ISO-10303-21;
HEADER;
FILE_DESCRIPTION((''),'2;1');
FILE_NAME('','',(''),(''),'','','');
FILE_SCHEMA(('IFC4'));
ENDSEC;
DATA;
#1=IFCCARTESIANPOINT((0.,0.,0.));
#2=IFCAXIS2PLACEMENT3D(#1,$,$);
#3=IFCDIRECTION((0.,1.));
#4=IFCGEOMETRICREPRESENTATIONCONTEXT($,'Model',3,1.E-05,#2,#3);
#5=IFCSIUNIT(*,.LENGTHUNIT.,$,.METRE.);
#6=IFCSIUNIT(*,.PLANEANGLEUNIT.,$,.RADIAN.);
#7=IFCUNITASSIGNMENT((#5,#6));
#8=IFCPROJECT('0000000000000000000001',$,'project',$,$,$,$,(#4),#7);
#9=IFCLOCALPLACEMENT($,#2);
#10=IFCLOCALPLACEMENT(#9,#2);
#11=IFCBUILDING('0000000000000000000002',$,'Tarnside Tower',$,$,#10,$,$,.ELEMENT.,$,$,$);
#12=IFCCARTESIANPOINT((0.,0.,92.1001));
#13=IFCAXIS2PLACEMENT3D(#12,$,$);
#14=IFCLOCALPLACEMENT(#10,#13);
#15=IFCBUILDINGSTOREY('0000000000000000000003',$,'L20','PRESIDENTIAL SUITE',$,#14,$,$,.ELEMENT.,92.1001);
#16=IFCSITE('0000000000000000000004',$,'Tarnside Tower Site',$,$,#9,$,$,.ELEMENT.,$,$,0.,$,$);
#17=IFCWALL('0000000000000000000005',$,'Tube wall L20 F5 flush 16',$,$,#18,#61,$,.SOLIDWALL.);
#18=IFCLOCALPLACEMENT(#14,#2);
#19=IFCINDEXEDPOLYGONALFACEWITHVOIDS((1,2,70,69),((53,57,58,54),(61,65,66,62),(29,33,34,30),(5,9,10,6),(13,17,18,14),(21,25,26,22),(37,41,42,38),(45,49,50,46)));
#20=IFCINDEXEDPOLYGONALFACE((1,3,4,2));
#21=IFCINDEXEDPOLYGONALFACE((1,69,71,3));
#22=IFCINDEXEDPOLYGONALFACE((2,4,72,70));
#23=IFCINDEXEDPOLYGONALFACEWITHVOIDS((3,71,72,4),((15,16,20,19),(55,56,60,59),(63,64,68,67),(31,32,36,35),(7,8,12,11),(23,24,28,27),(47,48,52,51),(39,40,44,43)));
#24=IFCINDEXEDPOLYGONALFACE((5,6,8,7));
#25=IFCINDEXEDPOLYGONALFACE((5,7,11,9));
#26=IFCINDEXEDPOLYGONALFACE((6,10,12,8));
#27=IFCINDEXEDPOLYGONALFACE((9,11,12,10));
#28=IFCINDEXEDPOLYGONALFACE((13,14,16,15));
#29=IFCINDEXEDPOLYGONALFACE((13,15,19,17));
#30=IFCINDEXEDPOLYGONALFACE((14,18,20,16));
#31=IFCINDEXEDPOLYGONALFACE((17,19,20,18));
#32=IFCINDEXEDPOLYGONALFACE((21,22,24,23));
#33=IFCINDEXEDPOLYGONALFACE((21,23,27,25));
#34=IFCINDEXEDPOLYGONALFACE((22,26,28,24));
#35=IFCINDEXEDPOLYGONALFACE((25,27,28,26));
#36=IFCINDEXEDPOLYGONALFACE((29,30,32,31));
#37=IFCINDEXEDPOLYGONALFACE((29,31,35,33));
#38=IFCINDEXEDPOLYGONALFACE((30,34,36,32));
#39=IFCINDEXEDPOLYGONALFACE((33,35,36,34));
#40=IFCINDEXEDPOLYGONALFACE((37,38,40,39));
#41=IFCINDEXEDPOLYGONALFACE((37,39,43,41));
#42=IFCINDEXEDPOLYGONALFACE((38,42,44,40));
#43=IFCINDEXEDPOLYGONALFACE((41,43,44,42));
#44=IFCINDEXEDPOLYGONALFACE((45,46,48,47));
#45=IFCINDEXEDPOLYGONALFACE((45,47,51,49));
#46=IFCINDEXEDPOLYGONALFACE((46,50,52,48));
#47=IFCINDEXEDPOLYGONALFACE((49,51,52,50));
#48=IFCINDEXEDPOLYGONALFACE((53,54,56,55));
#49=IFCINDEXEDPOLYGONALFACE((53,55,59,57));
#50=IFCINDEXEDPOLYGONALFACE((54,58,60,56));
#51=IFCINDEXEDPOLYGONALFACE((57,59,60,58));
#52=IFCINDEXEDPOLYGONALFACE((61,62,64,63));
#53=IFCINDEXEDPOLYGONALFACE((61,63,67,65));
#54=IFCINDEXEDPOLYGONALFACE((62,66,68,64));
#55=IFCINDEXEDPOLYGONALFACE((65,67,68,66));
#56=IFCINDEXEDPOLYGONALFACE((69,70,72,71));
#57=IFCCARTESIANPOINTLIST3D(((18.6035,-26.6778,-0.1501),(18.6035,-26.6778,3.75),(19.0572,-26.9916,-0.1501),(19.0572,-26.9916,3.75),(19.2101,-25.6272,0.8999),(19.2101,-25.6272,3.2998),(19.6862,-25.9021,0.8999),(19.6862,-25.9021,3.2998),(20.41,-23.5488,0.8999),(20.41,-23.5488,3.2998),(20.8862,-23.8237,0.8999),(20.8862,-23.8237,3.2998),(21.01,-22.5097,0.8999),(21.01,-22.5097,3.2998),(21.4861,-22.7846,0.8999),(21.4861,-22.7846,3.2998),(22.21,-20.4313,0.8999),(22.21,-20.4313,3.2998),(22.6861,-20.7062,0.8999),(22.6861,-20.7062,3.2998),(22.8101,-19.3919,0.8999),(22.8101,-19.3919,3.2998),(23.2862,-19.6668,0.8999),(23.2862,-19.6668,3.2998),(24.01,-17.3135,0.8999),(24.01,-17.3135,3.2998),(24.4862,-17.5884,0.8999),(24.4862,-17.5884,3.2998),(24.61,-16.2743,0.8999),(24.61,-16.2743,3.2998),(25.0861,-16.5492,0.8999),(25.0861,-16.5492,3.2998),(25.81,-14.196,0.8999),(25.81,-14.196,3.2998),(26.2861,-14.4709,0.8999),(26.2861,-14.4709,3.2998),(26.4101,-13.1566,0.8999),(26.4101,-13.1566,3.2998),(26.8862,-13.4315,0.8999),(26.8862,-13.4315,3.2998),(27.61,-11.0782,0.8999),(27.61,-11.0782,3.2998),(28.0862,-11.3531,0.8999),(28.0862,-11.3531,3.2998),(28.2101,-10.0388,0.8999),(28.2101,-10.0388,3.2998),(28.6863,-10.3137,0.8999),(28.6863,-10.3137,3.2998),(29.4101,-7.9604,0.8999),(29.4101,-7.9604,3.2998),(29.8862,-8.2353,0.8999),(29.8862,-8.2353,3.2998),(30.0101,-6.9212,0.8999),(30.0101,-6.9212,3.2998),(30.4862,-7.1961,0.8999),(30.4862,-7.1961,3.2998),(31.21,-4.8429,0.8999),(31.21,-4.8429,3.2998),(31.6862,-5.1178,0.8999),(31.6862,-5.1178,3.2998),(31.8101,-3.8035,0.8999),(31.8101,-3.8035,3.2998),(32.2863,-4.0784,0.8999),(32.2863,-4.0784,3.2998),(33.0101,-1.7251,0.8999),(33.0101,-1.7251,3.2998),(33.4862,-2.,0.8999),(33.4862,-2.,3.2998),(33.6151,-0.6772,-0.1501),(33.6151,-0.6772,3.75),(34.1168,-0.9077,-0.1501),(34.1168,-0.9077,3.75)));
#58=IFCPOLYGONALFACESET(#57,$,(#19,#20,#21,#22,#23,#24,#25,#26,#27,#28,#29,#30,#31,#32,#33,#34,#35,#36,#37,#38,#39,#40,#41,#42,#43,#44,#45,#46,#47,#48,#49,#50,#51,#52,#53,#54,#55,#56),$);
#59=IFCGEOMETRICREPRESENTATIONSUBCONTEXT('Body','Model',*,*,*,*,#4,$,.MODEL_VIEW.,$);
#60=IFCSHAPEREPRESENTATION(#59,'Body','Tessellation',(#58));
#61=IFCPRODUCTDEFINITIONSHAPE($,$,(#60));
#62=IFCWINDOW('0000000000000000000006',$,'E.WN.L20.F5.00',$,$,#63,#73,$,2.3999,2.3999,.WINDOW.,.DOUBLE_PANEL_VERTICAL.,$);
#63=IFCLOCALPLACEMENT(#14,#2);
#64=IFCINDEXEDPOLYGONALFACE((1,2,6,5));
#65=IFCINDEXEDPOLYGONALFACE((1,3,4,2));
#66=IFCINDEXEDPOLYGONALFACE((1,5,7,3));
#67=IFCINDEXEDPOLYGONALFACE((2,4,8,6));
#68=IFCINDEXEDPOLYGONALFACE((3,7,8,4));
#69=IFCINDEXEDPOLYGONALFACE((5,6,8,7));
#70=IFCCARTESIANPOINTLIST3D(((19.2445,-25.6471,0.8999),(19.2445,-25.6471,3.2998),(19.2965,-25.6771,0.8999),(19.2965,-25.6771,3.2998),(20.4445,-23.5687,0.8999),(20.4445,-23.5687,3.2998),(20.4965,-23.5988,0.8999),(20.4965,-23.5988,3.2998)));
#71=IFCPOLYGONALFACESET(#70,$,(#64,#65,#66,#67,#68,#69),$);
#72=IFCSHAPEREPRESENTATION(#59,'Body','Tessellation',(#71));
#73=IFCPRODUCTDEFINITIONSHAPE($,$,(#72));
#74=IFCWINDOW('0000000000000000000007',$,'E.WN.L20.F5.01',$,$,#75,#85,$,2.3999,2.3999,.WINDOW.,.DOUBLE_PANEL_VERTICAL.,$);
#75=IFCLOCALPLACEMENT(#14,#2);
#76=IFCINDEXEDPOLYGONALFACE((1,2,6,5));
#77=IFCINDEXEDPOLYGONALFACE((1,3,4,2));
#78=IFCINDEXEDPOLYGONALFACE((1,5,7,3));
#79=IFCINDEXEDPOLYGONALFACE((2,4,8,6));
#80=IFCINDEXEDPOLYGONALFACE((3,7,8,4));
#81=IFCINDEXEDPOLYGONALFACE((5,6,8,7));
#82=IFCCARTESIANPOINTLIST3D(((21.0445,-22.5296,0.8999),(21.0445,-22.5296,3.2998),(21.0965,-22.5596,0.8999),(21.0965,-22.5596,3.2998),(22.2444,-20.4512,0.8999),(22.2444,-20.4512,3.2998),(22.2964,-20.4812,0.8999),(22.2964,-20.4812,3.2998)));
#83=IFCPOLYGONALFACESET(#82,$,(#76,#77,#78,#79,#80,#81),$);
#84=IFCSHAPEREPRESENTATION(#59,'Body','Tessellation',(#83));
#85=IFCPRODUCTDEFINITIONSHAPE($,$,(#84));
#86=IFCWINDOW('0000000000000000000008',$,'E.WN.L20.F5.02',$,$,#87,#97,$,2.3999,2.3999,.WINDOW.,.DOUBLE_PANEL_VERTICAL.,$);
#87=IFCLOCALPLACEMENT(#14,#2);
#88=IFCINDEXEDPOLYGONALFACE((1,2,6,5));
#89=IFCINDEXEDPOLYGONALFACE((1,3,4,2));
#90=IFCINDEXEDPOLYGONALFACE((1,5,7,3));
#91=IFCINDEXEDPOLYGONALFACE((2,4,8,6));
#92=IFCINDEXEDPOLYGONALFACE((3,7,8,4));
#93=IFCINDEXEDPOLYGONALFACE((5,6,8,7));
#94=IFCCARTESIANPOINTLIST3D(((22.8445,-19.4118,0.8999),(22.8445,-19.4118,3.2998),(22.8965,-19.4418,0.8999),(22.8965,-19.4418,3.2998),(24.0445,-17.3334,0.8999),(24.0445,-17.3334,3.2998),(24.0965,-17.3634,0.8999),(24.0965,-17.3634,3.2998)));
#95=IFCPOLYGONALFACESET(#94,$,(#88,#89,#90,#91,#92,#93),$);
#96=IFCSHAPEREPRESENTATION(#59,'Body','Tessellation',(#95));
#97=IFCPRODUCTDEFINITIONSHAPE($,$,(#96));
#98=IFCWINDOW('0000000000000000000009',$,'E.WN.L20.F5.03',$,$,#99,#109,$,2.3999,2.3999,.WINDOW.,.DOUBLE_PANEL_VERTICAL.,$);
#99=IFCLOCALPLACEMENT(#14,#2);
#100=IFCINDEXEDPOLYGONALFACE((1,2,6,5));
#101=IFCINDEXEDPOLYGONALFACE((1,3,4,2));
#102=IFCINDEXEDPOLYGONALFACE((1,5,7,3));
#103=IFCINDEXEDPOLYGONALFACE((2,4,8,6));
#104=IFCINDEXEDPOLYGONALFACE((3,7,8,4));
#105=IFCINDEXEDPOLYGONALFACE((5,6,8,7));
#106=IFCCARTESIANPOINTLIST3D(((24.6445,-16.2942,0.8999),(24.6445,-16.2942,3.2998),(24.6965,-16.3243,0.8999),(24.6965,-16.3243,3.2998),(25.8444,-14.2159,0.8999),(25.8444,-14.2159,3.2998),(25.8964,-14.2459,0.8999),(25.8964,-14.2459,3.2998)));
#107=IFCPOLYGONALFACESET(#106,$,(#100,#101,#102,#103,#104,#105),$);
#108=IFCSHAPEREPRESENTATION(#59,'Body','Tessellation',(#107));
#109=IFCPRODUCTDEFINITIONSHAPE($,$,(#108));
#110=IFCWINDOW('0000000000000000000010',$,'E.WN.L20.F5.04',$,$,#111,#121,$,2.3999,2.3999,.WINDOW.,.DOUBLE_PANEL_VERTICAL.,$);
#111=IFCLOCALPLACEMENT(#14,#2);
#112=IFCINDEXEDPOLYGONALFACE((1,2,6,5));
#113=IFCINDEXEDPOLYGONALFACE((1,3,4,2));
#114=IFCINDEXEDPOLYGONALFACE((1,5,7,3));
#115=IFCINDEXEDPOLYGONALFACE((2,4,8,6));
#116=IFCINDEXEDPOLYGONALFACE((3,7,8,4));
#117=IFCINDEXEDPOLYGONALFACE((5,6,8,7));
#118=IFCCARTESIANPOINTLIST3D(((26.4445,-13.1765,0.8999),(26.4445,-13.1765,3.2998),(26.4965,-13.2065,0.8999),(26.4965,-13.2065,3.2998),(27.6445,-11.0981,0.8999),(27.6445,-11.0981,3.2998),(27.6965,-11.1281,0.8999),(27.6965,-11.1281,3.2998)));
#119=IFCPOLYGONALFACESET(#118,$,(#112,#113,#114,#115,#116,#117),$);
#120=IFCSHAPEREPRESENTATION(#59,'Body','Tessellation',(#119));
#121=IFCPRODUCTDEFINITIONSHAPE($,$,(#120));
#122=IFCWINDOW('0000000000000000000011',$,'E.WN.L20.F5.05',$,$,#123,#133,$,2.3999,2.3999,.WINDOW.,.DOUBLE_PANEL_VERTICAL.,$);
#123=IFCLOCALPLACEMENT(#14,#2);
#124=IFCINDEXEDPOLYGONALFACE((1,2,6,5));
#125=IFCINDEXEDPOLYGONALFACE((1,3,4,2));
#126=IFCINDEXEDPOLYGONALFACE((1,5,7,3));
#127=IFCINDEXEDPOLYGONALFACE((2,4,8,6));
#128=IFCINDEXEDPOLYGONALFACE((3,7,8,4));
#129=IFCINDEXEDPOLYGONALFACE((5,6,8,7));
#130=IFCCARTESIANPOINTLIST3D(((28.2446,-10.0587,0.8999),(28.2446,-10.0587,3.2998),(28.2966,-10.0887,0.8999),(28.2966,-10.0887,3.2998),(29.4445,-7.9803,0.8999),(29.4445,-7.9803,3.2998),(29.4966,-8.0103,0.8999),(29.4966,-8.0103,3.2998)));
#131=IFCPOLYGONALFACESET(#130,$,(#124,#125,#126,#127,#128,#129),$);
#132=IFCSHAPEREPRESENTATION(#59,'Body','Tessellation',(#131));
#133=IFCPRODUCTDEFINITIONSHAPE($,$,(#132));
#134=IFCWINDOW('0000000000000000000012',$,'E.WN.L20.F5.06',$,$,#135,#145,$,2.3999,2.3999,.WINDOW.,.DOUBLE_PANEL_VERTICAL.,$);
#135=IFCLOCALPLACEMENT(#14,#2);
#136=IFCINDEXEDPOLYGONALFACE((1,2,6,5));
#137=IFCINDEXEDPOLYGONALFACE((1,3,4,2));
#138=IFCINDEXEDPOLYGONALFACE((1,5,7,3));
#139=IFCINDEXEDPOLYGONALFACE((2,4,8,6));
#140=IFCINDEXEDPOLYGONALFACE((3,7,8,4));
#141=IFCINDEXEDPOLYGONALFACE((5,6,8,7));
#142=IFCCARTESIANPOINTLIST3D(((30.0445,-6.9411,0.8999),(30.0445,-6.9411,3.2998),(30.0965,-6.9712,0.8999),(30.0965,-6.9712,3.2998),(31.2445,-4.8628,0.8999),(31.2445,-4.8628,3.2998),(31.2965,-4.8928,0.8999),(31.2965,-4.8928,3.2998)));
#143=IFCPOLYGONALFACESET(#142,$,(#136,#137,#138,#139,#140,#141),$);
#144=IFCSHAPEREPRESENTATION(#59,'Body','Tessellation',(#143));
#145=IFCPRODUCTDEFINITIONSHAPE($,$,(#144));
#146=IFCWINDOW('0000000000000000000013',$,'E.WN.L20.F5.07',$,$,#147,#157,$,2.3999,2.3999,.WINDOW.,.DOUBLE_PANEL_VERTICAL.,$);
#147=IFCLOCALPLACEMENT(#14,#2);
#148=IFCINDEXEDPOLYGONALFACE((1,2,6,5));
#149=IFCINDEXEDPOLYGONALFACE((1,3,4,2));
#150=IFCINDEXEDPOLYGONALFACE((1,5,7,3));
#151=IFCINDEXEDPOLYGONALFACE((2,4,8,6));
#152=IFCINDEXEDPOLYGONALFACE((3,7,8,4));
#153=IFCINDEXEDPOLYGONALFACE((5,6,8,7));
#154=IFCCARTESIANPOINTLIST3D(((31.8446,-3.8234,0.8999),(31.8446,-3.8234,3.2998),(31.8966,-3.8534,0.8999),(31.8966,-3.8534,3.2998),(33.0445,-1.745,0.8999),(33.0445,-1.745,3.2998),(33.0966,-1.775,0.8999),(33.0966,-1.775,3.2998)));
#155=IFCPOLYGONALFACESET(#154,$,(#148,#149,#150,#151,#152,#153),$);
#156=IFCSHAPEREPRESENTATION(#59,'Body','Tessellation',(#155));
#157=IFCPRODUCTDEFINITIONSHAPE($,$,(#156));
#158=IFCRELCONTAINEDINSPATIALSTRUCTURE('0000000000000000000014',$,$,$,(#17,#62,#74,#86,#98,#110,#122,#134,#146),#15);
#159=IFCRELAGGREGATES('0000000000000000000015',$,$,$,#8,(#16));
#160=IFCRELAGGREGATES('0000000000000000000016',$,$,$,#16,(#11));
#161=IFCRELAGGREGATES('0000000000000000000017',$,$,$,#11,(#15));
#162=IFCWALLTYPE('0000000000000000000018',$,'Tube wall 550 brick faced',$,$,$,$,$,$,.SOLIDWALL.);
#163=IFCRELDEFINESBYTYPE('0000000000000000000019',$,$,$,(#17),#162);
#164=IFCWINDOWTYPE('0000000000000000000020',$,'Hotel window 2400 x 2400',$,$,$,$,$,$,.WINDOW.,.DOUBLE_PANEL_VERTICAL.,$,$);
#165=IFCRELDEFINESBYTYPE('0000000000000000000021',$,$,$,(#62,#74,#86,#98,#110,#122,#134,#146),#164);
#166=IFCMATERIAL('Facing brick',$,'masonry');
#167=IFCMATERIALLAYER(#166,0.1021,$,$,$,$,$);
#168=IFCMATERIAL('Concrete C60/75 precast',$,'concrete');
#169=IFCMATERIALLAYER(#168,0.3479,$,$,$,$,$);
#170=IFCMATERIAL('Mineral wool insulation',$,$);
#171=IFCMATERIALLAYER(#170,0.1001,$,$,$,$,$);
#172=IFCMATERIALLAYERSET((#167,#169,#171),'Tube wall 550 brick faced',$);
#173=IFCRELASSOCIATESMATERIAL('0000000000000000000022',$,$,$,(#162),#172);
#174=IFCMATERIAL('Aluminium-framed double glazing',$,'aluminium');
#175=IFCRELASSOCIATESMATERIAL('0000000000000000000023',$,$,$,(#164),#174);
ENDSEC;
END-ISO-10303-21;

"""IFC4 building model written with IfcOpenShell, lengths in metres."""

from ifc_helpers import new_model, si_unit, direction, frame, frame_2d, origin, place, context, subcontext, project, spatial, polyline, rectangle, outline, extrude, material, layer, layer_set, type_object, element, fill, save


model = new_model("IFC4")

# Units and contexts
model_context = context("Model", 3, precision=1e-05, world=origin(), true_north=direction((0.0, 1.0)))
body_context = subcontext(model_context, "Body", "Model", "MODEL_VIEW")
ifc_project = project(units=[si_unit("LENGTHUNIT", "METRE"), si_unit("PLANEANGLEUNIT", "RADIAN")], contexts=[model_context])

# Site, building, storey
site_placement = place(None, origin())
site = spatial("IfcSite", under=ifc_project, at=site_placement, Name="Tarnside Tower Site", CompositionType="ELEMENT", RefElevation=0.0)
building_placement = place(site_placement, origin())
building = spatial("IfcBuilding", under=site, at=building_placement, Name="Tarnside Tower", CompositionType="ELEMENT")
storey_placement = place(building_placement, frame((0.0, 0.0, 92.1001)))
storey = spatial("IfcBuildingStorey", under=building, at=storey_placement, Name="L20", Description="PRESIDENTIAL SUITE", CompositionType="ELEMENT", Elevation=92.1001)

# Shared definitions
ifc_material_1 = material(Name="Facing brick", Category="masonry")
ifc_layer_1 = layer(ifc_material_1, 0.1021)
ifc_material_2 = material(Name="Concrete C60/75 precast", Category="concrete")
ifc_layer_2 = layer(ifc_material_2, 0.3479)
ifc_material_3 = material(Name="Mineral wool insulation")
ifc_layer_3 = layer(ifc_material_3, 0.1001)
ifc_layer_set_1 = layer_set([ifc_layer_1, ifc_layer_2, ifc_layer_3], Name="Tube wall 550 brick faced")
wall_type = type_object("IfcWallType", Name="Tube wall 550 brick faced", PredefinedType="SOLIDWALL", material=ifc_layer_set_1)

# Wall, openings, windows
wall_1_placement = place(storey_placement, frame((18.8303, -26.8347, -0.1501), z_axis=(0.0, 0.0, 1.0), x_axis=(0.500004, 0.866023, 0.0)))
wall_1 = element("IfcWall", 1, at=wall_1_placement, inside=storey, type_object=wall_type, Name="Tube wall L20 F5 flush 16", PredefinedType="SOLIDWALL", context=body_context, shape_type="SweptSolid", body=[
    extrude(outline(polyline([(-0.0225, -0.2749), (30.0967, -0.2749), (30.0454, 0.2749), (0.0225, 0.2749), (-0.0225, -0.2749)])), origin(), (0.0, 0.0, 1.0), 3.9001),
])
opening_1_placement = place(wall_1_placement, frame((1.2356, 0.0, 1.05)))
opening_1 = element("IfcOpeningElement", 2, at=opening_1_placement, cuts=wall_1, PredefinedType="OPENING", context=body_context, shape_type="SweptSolid", body=[
    extrude(rectangle(XDim=2.3999, YDim=2.3999, at=frame_2d((1.2, 1.2))), frame((0.0, 0.2852, 0.0), z_axis=(0.0, -1.0, 0.0), x_axis=(1.0, 0.0, 0.0)), (0.0, 0.0, 1.0), 0.5701),
])
opening_2_placement = place(wall_1_placement, frame((4.8354, 0.0, 1.05)))
opening_2 = element("IfcOpeningElement", 3, at=opening_2_placement, cuts=wall_1, PredefinedType="OPENING", context=body_context, shape_type="SweptSolid", body=[
    extrude(rectangle(XDim=2.3999, YDim=2.3999, at=frame_2d((1.2, 1.2))), frame((0.0, 0.2852, 0.0), z_axis=(0.0, -1.0, 0.0), x_axis=(1.0, 0.0, 0.0)), (0.0, 0.0, 1.0), 0.5701),
])
opening_3_placement = place(wall_1_placement, frame((8.4355, 0.0, 1.05)))
opening_3 = element("IfcOpeningElement", 4, at=opening_3_placement, cuts=wall_1, PredefinedType="OPENING", context=body_context, shape_type="SweptSolid", body=[
    extrude(rectangle(XDim=2.3999, YDim=2.3999, at=frame_2d((1.2, 1.2))), frame((0.0, 0.2852, 0.0), z_axis=(0.0, -1.0, 0.0), x_axis=(1.0, 0.0, 0.0)), (0.0, 0.0, 1.0), 0.5701),
])
opening_4_placement = place(wall_1_placement, frame((12.0354, 0.0, 1.05)))
opening_4 = element("IfcOpeningElement", 5, at=opening_4_placement, cuts=wall_1, PredefinedType="OPENING", context=body_context, shape_type="SweptSolid", body=[
    extrude(rectangle(XDim=2.3999, YDim=2.3999, at=frame_2d((1.2, 1.2))), frame((0.0, 0.2852, 0.0), z_axis=(0.0, -1.0, 0.0), x_axis=(1.0, 0.0, 0.0)), (0.0, 0.0, 1.0), 0.5701),
])
opening_5_placement = place(wall_1_placement, frame((15.6355, 0.0, 1.05)))
opening_5 = element("IfcOpeningElement", 6, at=opening_5_placement, cuts=wall_1, PredefinedType="OPENING", context=body_context, shape_type="SweptSolid", body=[
    extrude(rectangle(XDim=2.3999, YDim=2.3999, at=frame_2d((1.2, 1.2))), frame((0.0, 0.2852, 0.0), z_axis=(0.0, -1.0, 0.0), x_axis=(1.0, 0.0, 0.0)), (0.0, 0.0, 1.0), 0.5701),
])
opening_6_placement = place(wall_1_placement, frame((19.2356, 0.0, 1.05)))
opening_6 = element("IfcOpeningElement", 7, at=opening_6_placement, cuts=wall_1, PredefinedType="OPENING", context=body_context, shape_type="SweptSolid", body=[
    extrude(rectangle(XDim=2.3999, YDim=2.3999, at=frame_2d((1.2, 1.2))), frame((0.0, 0.2852, 0.0), z_axis=(0.0, -1.0, 0.0), x_axis=(1.0, 0.0, 0.0)), (0.0, 0.0, 1.0), 0.5701),
])
opening_7_placement = place(wall_1_placement, frame((22.8354, 0.0, 1.05)))
opening_7 = element("IfcOpeningElement", 8, at=opening_7_placement, cuts=wall_1, PredefinedType="OPENING", context=body_context, shape_type="SweptSolid", body=[
    extrude(rectangle(XDim=2.3999, YDim=2.3999, at=frame_2d((1.2, 1.2))), frame((0.0, 0.2852, 0.0), z_axis=(0.0, -1.0, 0.0), x_axis=(1.0, 0.0, 0.0)), (0.0, 0.0, 1.0), 0.5701),
])
opening_8_placement = place(wall_1_placement, frame((26.4355, 0.0, 1.05)))
opening_8 = element("IfcOpeningElement", 9, at=opening_8_placement, cuts=wall_1, PredefinedType="OPENING", context=body_context, shape_type="SweptSolid", body=[
    extrude(rectangle(XDim=2.3999, YDim=2.3999, at=frame_2d((1.2, 1.2))), frame((0.0, 0.2852, 0.0), z_axis=(0.0, -1.0, 0.0), x_axis=(1.0, 0.0, 0.0)), (0.0, 0.0, 1.0), 0.5701),
])
ifc_material_4 = material(Name="Aluminium-framed double glazing", Category="aluminium")
window_type = type_object("IfcWindowType", Name="Hotel window 2400 x 2400", PartitioningType="DOUBLE_PANEL_VERTICAL", PredefinedType="WINDOW", material=ifc_material_4)
window_1_placement = place(opening_1_placement, frame((0.0, 0.2051, 0.0)))
window_1 = element("IfcWindow", 10, at=window_1_placement, inside=storey, type_object=window_type, Name="E.WN.L20.F5.00", OverallHeight=2.3999, OverallWidth=2.3999, PartitioningType="DOUBLE_PANEL_VERTICAL", PredefinedType="WINDOW", context=body_context, shape_type="SweptSolid", body=[
    extrude(rectangle(XDim=2.3999, YDim=2.3999, at=frame_2d((1.2, 1.2))), frame((0.0, 0.03, 0.0), z_axis=(0.0, -1.0, 0.0), x_axis=(1.0, 0.0, 0.0)), (0.0, 0.0, 1.0), 0.0601),
])
fill(opening_1, window_1)
window_2_placement = place(opening_2_placement, frame((0.0, 0.2051, 0.0)))
window_2 = element("IfcWindow", 11, at=window_2_placement, inside=storey, type_object=window_type, Name="E.WN.L20.F5.01", OverallHeight=2.3999, OverallWidth=2.3999, PartitioningType="DOUBLE_PANEL_VERTICAL", PredefinedType="WINDOW", context=body_context, shape_type="SweptSolid", body=[
    extrude(rectangle(XDim=2.3999, YDim=2.3999, at=frame_2d((1.2, 1.2))), frame((0.0, 0.03, 0.0), z_axis=(0.0, -1.0, 0.0), x_axis=(1.0, 0.0, 0.0)), (0.0, 0.0, 1.0), 0.0601),
])
fill(opening_2, window_2)
window_3_placement = place(opening_3_placement, frame((0.0, 0.2051, 0.0)))
window_3 = element("IfcWindow", 12, at=window_3_placement, inside=storey, type_object=window_type, Name="E.WN.L20.F5.02", OverallHeight=2.3999, OverallWidth=2.3999, PartitioningType="DOUBLE_PANEL_VERTICAL", PredefinedType="WINDOW", context=body_context, shape_type="SweptSolid", body=[
    extrude(rectangle(XDim=2.3999, YDim=2.3999, at=frame_2d((1.2, 1.2))), frame((0.0, 0.03, 0.0), z_axis=(0.0, -1.0, 0.0), x_axis=(1.0, 0.0, 0.0)), (0.0, 0.0, 1.0), 0.0601),
])
fill(opening_3, window_3)
window_4_placement = place(opening_4_placement, frame((0.0, 0.2051, 0.0)))
window_4 = element("IfcWindow", 13, at=window_4_placement, inside=storey, type_object=window_type, Name="E.WN.L20.F5.03", OverallHeight=2.3999, OverallWidth=2.3999, PartitioningType="DOUBLE_PANEL_VERTICAL", PredefinedType="WINDOW", context=body_context, shape_type="SweptSolid", body=[
    extrude(rectangle(XDim=2.3999, YDim=2.3999, at=frame_2d((1.2, 1.2))), frame((0.0, 0.03, 0.0), z_axis=(0.0, -1.0, 0.0), x_axis=(1.0, 0.0, 0.0)), (0.0, 0.0, 1.0), 0.0601),
])
fill(opening_4, window_4)
window_5_placement = place(opening_5_placement, frame((0.0, 0.2051, 0.0)))
window_5 = element("IfcWindow", 14, at=window_5_placement, inside=storey, type_object=window_type, Name="E.WN.L20.F5.04", OverallHeight=2.3999, OverallWidth=2.3999, PartitioningType="DOUBLE_PANEL_VERTICAL", PredefinedType="WINDOW", context=body_context, shape_type="SweptSolid", body=[
    extrude(rectangle(XDim=2.3999, YDim=2.3999, at=frame_2d((1.2, 1.2))), frame((0.0, 0.03, 0.0), z_axis=(0.0, -1.0, 0.0), x_axis=(1.0, 0.0, 0.0)), (0.0, 0.0, 1.0), 0.0601),
])
fill(opening_5, window_5)
window_6_placement = place(opening_6_placement, frame((0.0, 0.2051, 0.0)))
window_6 = element("IfcWindow", 15, at=window_6_placement, inside=storey, type_object=window_type, Name="E.WN.L20.F5.05", OverallHeight=2.3999, OverallWidth=2.3999, PartitioningType="DOUBLE_PANEL_VERTICAL", PredefinedType="WINDOW", context=body_context, shape_type="SweptSolid", body=[
    extrude(rectangle(XDim=2.3999, YDim=2.3999, at=frame_2d((1.2, 1.2))), frame((0.0, 0.03, 0.0), z_axis=(0.0, -1.0, 0.0), x_axis=(1.0, 0.0, 0.0)), (0.0, 0.0, 1.0), 0.0601),
])
fill(opening_6, window_6)
window_7_placement = place(opening_7_placement, frame((0.0, 0.2051, 0.0)))
window_7 = element("IfcWindow", 16, at=window_7_placement, inside=storey, type_object=window_type, Name="E.WN.L20.F5.06", OverallHeight=2.3999, OverallWidth=2.3999, PartitioningType="DOUBLE_PANEL_VERTICAL", PredefinedType="WINDOW", context=body_context, shape_type="SweptSolid", body=[
    extrude(rectangle(XDim=2.3999, YDim=2.3999, at=frame_2d((1.2, 1.2))), frame((0.0, 0.03, 0.0), z_axis=(0.0, -1.0, 0.0), x_axis=(1.0, 0.0, 0.0)), (0.0, 0.0, 1.0), 0.0601),
])
fill(opening_7, window_7)
window_8_placement = place(opening_8_placement, frame((0.0, 0.2051, 0.0)))
window_8 = element("IfcWindow", 17, at=window_8_placement, inside=storey, type_object=window_type, Name="E.WN.L20.F5.07", OverallHeight=2.3999, OverallWidth=2.3999, PartitioningType="DOUBLE_PANEL_VERTICAL", PredefinedType="WINDOW", context=body_context, shape_type="SweptSolid", body=[
    extrude(rectangle(XDim=2.3999, YDim=2.3999, at=frame_2d((1.2, 1.2))), frame((0.0, 0.03, 0.0), z_axis=(0.0, -1.0, 0.0), x_axis=(1.0, 0.0, 0.0)), (0.0, 0.0, 1.0), 0.0601),
])
fill(opening_8, window_8)

save(model, "model.ifc")
